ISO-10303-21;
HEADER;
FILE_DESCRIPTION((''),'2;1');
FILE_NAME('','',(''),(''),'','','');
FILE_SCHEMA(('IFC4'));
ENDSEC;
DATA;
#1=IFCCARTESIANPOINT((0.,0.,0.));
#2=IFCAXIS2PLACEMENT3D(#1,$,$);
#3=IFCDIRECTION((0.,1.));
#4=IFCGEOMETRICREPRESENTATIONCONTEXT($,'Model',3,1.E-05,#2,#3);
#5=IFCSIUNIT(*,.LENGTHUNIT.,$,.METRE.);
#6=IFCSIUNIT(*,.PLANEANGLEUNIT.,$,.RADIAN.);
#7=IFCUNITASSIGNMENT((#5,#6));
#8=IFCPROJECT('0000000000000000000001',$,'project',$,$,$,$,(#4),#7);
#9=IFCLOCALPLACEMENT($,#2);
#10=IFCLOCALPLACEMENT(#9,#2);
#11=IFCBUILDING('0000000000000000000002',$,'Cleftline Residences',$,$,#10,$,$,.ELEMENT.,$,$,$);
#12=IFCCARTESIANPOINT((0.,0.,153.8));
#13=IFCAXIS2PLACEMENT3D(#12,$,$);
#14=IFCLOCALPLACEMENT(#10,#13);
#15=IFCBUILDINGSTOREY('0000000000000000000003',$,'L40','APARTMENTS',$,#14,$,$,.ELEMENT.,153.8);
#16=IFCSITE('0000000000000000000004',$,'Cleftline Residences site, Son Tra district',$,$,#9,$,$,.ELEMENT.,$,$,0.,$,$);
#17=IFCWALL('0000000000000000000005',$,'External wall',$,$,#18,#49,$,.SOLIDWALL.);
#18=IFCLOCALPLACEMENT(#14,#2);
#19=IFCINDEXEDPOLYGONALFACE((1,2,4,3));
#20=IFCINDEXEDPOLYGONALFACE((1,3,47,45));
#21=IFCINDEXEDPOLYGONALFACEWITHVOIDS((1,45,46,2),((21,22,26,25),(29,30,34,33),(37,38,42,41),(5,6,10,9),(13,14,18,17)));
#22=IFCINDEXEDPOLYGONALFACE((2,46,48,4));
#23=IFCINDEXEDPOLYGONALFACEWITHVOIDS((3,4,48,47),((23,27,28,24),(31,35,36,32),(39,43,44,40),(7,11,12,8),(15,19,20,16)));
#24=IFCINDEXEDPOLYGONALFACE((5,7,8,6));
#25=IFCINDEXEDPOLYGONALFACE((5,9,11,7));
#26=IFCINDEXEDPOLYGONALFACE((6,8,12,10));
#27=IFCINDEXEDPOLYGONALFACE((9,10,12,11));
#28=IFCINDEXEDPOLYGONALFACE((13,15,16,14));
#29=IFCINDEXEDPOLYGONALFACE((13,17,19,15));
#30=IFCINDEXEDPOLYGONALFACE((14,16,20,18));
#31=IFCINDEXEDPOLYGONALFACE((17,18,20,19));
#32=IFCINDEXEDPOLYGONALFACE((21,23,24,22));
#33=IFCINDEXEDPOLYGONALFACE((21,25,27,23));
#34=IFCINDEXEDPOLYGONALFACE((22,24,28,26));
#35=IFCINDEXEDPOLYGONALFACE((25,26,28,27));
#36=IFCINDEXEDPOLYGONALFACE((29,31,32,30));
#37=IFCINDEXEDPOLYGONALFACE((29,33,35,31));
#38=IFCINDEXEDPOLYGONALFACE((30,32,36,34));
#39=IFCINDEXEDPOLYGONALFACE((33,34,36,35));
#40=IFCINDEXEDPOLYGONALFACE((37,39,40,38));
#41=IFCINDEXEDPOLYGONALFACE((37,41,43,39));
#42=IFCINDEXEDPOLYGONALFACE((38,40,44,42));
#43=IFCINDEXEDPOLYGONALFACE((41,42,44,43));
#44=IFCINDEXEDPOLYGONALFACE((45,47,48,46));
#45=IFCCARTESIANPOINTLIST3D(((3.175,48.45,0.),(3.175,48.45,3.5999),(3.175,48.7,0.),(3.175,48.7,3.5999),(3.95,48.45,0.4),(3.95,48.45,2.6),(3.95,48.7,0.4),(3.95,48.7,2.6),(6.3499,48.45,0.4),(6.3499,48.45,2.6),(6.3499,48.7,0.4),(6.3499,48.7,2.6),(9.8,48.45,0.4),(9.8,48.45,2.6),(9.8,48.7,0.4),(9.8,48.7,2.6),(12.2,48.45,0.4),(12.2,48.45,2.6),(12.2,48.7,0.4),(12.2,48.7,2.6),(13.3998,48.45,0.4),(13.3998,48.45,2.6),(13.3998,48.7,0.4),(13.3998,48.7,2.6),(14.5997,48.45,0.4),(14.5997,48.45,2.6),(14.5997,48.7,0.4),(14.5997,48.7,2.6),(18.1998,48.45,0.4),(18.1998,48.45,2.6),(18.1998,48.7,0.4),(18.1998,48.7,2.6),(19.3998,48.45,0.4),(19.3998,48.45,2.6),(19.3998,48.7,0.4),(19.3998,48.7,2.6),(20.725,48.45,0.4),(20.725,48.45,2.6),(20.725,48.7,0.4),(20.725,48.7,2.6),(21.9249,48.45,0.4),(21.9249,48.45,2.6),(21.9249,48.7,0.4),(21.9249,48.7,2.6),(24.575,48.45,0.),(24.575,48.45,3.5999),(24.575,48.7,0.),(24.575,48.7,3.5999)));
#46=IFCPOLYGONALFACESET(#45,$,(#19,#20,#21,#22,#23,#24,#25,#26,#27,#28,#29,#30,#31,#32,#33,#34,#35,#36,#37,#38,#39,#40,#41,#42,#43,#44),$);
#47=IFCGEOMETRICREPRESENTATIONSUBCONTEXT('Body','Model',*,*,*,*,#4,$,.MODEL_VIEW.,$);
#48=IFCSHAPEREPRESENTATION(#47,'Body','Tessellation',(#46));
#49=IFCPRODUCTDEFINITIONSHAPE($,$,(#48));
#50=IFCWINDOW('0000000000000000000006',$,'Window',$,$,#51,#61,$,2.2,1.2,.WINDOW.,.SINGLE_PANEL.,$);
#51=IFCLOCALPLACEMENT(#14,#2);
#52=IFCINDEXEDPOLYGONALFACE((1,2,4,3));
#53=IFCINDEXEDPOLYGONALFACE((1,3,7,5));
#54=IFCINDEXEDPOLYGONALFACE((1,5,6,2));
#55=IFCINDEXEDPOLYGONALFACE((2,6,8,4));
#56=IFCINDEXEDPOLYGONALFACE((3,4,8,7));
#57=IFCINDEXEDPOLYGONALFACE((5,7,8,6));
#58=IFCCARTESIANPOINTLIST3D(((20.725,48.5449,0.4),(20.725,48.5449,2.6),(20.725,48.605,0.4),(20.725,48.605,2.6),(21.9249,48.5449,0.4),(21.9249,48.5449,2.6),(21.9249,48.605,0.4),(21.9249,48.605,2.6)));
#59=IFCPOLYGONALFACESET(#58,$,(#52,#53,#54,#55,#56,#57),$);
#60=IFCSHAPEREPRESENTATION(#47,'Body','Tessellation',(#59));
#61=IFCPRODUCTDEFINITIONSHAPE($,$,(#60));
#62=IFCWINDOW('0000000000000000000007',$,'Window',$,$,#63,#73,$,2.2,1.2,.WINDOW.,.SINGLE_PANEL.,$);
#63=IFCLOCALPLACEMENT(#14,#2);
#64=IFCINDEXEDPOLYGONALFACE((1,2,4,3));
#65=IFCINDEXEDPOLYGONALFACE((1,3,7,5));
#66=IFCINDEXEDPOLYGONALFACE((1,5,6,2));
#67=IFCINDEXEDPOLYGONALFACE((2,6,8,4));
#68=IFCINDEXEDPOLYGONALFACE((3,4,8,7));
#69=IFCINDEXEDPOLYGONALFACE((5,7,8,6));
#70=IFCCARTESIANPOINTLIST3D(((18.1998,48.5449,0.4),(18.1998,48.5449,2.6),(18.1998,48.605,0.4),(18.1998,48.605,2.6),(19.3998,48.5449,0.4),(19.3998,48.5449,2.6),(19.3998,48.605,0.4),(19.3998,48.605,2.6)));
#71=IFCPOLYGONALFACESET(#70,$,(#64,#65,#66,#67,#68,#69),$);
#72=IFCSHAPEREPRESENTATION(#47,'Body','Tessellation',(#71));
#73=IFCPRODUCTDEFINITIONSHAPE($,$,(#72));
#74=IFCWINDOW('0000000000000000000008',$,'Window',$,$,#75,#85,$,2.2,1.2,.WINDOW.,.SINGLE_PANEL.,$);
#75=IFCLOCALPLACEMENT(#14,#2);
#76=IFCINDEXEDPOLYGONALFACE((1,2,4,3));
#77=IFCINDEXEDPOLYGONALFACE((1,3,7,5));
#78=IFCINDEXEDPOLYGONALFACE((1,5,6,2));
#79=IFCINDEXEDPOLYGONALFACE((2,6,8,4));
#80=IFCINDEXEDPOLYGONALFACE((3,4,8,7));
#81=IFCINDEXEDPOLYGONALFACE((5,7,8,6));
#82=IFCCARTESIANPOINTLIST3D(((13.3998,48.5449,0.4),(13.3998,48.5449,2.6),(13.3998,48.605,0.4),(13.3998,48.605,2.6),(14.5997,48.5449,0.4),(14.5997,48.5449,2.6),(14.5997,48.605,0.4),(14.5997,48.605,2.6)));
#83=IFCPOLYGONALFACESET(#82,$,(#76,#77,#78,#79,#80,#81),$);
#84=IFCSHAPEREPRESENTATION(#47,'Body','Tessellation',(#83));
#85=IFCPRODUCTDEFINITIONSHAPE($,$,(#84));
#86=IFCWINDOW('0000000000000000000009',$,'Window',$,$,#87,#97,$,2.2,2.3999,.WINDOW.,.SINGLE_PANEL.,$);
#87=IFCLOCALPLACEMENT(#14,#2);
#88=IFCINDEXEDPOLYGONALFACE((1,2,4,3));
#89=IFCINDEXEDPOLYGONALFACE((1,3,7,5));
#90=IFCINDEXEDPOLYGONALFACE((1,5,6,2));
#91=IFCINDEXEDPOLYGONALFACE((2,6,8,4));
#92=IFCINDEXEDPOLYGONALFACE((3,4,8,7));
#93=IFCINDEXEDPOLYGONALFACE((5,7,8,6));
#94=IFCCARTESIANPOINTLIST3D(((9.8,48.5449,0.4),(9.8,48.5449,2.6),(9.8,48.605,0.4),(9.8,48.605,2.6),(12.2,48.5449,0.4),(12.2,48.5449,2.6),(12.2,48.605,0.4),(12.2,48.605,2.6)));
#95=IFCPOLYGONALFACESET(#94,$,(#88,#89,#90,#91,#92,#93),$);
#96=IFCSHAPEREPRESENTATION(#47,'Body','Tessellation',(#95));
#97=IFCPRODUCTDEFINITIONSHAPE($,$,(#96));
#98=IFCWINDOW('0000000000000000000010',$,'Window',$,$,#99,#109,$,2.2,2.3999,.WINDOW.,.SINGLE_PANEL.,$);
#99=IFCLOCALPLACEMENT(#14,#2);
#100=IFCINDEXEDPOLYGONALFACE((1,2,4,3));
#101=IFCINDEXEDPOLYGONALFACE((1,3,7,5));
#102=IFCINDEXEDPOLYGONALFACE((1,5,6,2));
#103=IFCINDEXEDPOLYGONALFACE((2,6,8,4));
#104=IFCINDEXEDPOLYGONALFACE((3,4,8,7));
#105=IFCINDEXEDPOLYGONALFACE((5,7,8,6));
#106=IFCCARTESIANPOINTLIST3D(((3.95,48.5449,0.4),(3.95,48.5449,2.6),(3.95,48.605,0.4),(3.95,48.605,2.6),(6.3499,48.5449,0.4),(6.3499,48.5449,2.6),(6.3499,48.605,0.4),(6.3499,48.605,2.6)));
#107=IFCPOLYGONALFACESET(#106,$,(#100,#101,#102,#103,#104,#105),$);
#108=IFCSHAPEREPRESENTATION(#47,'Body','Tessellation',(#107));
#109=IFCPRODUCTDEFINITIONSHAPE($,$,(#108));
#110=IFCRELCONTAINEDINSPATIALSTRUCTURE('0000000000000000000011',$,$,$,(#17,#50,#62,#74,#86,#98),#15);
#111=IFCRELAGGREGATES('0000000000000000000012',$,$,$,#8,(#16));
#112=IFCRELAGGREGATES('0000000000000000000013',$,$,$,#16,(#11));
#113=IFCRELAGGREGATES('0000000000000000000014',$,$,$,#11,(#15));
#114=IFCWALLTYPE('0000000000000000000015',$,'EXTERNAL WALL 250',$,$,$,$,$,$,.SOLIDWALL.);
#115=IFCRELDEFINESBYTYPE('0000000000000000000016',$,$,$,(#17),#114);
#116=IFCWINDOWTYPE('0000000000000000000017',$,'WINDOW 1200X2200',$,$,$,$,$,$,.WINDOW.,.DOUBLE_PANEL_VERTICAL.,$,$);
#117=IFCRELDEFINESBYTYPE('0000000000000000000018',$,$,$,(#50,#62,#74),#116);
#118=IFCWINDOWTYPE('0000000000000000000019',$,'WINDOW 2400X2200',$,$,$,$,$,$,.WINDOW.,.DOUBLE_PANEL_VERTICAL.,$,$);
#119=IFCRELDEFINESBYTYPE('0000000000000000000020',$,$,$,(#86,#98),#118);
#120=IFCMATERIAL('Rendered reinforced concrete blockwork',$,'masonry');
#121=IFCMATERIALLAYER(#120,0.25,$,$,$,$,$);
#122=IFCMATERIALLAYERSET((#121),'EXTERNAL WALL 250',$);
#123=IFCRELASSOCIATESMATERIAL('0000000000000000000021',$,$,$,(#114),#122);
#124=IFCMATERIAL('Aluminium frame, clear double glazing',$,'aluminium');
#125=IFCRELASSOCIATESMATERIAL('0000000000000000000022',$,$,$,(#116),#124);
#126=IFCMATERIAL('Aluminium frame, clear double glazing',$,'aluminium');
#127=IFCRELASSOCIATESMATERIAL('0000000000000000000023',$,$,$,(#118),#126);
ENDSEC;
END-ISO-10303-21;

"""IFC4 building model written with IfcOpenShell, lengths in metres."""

from ifc_helpers import new_model, si_unit, direction, frame, frame_2d, origin, place, context, subcontext, project, spatial, rectangle, extrude, material, layer, layer_set, type_object, element, fill, save


model = new_model("IFC4")

# Units and contexts
model_context = context("Model", 3, precision=1e-05, world=origin(), true_north=direction((0.0, 1.0)))
body_context = subcontext(model_context, "Body", "Model", "MODEL_VIEW")
ifc_project = project(units=[si_unit("LENGTHUNIT", "METRE"), si_unit("PLANEANGLEUNIT", "RADIAN")], contexts=[model_context])

# Site, building, storey
site_placement = place(None, origin())
site = spatial("IfcSite", under=ifc_project, at=site_placement, Name="Cleftline Residences site, Son Tra district", CompositionType="ELEMENT", RefElevation=0.0)
building_placement = place(site_placement, origin())
building = spatial("IfcBuilding", under=site, at=building_placement, Name="Cleftline Residences", CompositionType="ELEMENT")
storey_placement = place(building_placement, frame((0.0, 0.0, 153.8)))
storey = spatial("IfcBuildingStorey", under=building, at=storey_placement, Name="L40", Description="APARTMENTS", CompositionType="ELEMENT", Elevation=153.8)

# Wall, openings, windows
ifc_material_1 = material(Name="Rendered reinforced concrete blockwork", Category="masonry")
ifc_layer_1 = layer(ifc_material_1, 0.25)
ifc_layer_set_1 = layer_set([ifc_layer_1], Name="EXTERNAL WALL 250")
wall_type = type_object("IfcWallType", Name="EXTERNAL WALL 250", PredefinedType="SOLIDWALL", material=ifc_layer_set_1)
wall_placement = place(storey_placement, frame((24.575, 48.575, 0.0), z_axis=(0.0, 0.0, 1.0), x_axis=(-1.0, 0.0, 0.0)))
wall = element("IfcWall", 1, at=wall_placement, inside=storey, type_object=wall_type, Name="External wall", PredefinedType="SOLIDWALL", context=body_context, shape_type="SweptSolid", body=[
    extrude(rectangle(XDim=21.3999, YDim=0.25, at=frame_2d((10.7, 0.0))), origin(), (0.0, 0.0, 1.0), 3.5999),
])
opening_1_placement = place(wall_placement, frame((2.6499, 0.0, 0.3999)))
opening_1 = element("IfcOpeningElement", 2, at=opening_1_placement, cuts=wall, PredefinedType="OPENING", context=body_context, shape_type="SweptSolid", body=[
    extrude(rectangle(XDim=1.2, YDim=2.2, at=frame_2d((0.6001, 1.1001))), frame((0.0, 0.135, 0.0), z_axis=(0.0, -1.0, 0.0), x_axis=(1.0, 0.0, 0.0)), (0.0, 0.0, 1.0), 0.27),
])
opening_2_placement = place(wall_placement, frame((5.175, 0.0, 0.3999)))
opening_2 = element("IfcOpeningElement", 3, at=opening_2_placement, cuts=wall, PredefinedType="OPENING", context=body_context, shape_type="SweptSolid", body=[
    extrude(rectangle(XDim=1.2, YDim=2.2, at=frame_2d((0.6001, 1.1001))), frame((0.0, 0.135, 0.0), z_axis=(0.0, -1.0, 0.0), x_axis=(1.0, 0.0, 0.0)), (0.0, 0.0, 1.0), 0.27),
])
opening_3_placement = place(wall_placement, frame((9.9751, 0.0, 0.3999)))
opening_3 = element("IfcOpeningElement", 4, at=opening_3_placement, cuts=wall, PredefinedType="OPENING", context=body_context, shape_type="SweptSolid", body=[
    extrude(rectangle(XDim=1.2, YDim=2.2, at=frame_2d((0.6001, 1.1001))), frame((0.0, 0.135, 0.0), z_axis=(0.0, -1.0, 0.0), x_axis=(1.0, 0.0, 0.0)), (0.0, 0.0, 1.0), 0.27),
])
opening_4_placement = place(wall_placement, frame((12.375, 0.0, 0.3999)))
opening_4 = element("IfcOpeningElement", 5, at=opening_4_placement, cuts=wall, PredefinedType="OPENING", context=body_context, shape_type="SweptSolid", body=[
    extrude(rectangle(XDim=2.3999, YDim=2.2, at=frame_2d((1.2, 1.1001))), frame((0.0, 0.135, 0.0), z_axis=(0.0, -1.0, 0.0), x_axis=(1.0, 0.0, 0.0)), (0.0, 0.0, 1.0), 0.27),
])
opening_5_placement = place(wall_placement, frame((18.2251, 0.0, 0.3999)))
opening_5 = element("IfcOpeningElement", 6, at=opening_5_placement, cuts=wall, PredefinedType="OPENING", context=body_context, shape_type="SweptSolid", body=[
    extrude(rectangle(XDim=2.3999, YDim=2.2, at=frame_2d((1.2, 1.1001))), frame((0.0, 0.135, 0.0), z_axis=(0.0, -1.0, 0.0), x_axis=(1.0, 0.0, 0.0)), (0.0, 0.0, 1.0), 0.27),
])
ifc_material_2 = material(Name="Aluminium frame, clear double glazing", Category="aluminium")
window_type_1 = type_object("IfcWindowType", Name="WINDOW 1200X2200", PartitioningType="DOUBLE_PANEL_VERTICAL", PredefinedType="WINDOW", material=ifc_material_2)
window_1_placement = place(opening_1_placement, origin())
window_1 = element("IfcWindow", 7, at=window_1_placement, inside=storey, type_object=window_type_1, Name="Window", OverallHeight=2.2, OverallWidth=1.2, PartitioningType="SINGLE_PANEL", PredefinedType="WINDOW", context=body_context, shape_type="SweptSolid", body=[
    extrude(rectangle(XDim=1.2, YDim=2.2, at=frame_2d((0.6001, 1.1001))), frame((0.0, 0.03, 0.0), z_axis=(0.0, -1.0, 0.0), x_axis=(1.0, 0.0, 0.0)), (0.0, 0.0, 1.0), 0.0601),
])
fill(opening_1, window_1)
window_2_placement = place(opening_2_placement, origin())
window_2 = element("IfcWindow", 8, at=window_2_placement, inside=storey, type_object=window_type_1, Name="Window", OverallHeight=2.2, OverallWidth=1.2, PartitioningType="SINGLE_PANEL", PredefinedType="WINDOW", context=body_context, shape_type="SweptSolid", body=[
    extrude(rectangle(XDim=1.2, YDim=2.2, at=frame_2d((0.6001, 1.1001))), frame((0.0, 0.03, 0.0), z_axis=(0.0, -1.0, 0.0), x_axis=(1.0, 0.0, 0.0)), (0.0, 0.0, 1.0), 0.0601),
])
fill(opening_2, window_2)
window_3_placement = place(opening_3_placement, origin())
window_3 = element("IfcWindow", 9, at=window_3_placement, inside=storey, type_object=window_type_1, Name="Window", OverallHeight=2.2, OverallWidth=1.2, PartitioningType="SINGLE_PANEL", PredefinedType="WINDOW", context=body_context, shape_type="SweptSolid", body=[
    extrude(rectangle(XDim=1.2, YDim=2.2, at=frame_2d((0.6001, 1.1001))), frame((0.0, 0.03, 0.0), z_axis=(0.0, -1.0, 0.0), x_axis=(1.0, 0.0, 0.0)), (0.0, 0.0, 1.0), 0.0601),
])
fill(opening_3, window_3)
ifc_material_3 = material(Name="Aluminium frame, clear double glazing", Category="aluminium")
window_type_2 = type_object("IfcWindowType", Name="WINDOW 2400X2200", PartitioningType="DOUBLE_PANEL_VERTICAL", PredefinedType="WINDOW", material=ifc_material_3)
window_4_placement = place(opening_4_placement, origin())
window_4 = element("IfcWindow", 10, at=window_4_placement, inside=storey, type_object=window_type_2, Name="Window", OverallHeight=2.2, OverallWidth=2.3999, PartitioningType="SINGLE_PANEL", PredefinedType="WINDOW", context=body_context, shape_type="SweptSolid", body=[
    extrude(rectangle(XDim=2.3999, YDim=2.2, at=frame_2d((1.2, 1.1001))), frame((0.0, 0.03, 0.0), z_axis=(0.0, -1.0, 0.0), x_axis=(1.0, 0.0, 0.0)), (0.0, 0.0, 1.0), 0.0601),
])
fill(opening_4, window_4)
window_5_placement = place(opening_5_placement, origin())
window_5 = element("IfcWindow", 11, at=window_5_placement, inside=storey, type_object=window_type_2, Name="Window", OverallHeight=2.2, OverallWidth=2.3999, PartitioningType="SINGLE_PANEL", PredefinedType="WINDOW", context=body_context, shape_type="SweptSolid", body=[
    extrude(rectangle(XDim=2.3999, YDim=2.2, at=frame_2d((1.2, 1.1001))), frame((0.0, 0.03, 0.0), z_axis=(0.0, -1.0, 0.0), x_axis=(1.0, 0.0, 0.0)), (0.0, 0.0, 1.0), 0.0601),
])
fill(opening_5, window_5)

save(model, "model.ifc")
